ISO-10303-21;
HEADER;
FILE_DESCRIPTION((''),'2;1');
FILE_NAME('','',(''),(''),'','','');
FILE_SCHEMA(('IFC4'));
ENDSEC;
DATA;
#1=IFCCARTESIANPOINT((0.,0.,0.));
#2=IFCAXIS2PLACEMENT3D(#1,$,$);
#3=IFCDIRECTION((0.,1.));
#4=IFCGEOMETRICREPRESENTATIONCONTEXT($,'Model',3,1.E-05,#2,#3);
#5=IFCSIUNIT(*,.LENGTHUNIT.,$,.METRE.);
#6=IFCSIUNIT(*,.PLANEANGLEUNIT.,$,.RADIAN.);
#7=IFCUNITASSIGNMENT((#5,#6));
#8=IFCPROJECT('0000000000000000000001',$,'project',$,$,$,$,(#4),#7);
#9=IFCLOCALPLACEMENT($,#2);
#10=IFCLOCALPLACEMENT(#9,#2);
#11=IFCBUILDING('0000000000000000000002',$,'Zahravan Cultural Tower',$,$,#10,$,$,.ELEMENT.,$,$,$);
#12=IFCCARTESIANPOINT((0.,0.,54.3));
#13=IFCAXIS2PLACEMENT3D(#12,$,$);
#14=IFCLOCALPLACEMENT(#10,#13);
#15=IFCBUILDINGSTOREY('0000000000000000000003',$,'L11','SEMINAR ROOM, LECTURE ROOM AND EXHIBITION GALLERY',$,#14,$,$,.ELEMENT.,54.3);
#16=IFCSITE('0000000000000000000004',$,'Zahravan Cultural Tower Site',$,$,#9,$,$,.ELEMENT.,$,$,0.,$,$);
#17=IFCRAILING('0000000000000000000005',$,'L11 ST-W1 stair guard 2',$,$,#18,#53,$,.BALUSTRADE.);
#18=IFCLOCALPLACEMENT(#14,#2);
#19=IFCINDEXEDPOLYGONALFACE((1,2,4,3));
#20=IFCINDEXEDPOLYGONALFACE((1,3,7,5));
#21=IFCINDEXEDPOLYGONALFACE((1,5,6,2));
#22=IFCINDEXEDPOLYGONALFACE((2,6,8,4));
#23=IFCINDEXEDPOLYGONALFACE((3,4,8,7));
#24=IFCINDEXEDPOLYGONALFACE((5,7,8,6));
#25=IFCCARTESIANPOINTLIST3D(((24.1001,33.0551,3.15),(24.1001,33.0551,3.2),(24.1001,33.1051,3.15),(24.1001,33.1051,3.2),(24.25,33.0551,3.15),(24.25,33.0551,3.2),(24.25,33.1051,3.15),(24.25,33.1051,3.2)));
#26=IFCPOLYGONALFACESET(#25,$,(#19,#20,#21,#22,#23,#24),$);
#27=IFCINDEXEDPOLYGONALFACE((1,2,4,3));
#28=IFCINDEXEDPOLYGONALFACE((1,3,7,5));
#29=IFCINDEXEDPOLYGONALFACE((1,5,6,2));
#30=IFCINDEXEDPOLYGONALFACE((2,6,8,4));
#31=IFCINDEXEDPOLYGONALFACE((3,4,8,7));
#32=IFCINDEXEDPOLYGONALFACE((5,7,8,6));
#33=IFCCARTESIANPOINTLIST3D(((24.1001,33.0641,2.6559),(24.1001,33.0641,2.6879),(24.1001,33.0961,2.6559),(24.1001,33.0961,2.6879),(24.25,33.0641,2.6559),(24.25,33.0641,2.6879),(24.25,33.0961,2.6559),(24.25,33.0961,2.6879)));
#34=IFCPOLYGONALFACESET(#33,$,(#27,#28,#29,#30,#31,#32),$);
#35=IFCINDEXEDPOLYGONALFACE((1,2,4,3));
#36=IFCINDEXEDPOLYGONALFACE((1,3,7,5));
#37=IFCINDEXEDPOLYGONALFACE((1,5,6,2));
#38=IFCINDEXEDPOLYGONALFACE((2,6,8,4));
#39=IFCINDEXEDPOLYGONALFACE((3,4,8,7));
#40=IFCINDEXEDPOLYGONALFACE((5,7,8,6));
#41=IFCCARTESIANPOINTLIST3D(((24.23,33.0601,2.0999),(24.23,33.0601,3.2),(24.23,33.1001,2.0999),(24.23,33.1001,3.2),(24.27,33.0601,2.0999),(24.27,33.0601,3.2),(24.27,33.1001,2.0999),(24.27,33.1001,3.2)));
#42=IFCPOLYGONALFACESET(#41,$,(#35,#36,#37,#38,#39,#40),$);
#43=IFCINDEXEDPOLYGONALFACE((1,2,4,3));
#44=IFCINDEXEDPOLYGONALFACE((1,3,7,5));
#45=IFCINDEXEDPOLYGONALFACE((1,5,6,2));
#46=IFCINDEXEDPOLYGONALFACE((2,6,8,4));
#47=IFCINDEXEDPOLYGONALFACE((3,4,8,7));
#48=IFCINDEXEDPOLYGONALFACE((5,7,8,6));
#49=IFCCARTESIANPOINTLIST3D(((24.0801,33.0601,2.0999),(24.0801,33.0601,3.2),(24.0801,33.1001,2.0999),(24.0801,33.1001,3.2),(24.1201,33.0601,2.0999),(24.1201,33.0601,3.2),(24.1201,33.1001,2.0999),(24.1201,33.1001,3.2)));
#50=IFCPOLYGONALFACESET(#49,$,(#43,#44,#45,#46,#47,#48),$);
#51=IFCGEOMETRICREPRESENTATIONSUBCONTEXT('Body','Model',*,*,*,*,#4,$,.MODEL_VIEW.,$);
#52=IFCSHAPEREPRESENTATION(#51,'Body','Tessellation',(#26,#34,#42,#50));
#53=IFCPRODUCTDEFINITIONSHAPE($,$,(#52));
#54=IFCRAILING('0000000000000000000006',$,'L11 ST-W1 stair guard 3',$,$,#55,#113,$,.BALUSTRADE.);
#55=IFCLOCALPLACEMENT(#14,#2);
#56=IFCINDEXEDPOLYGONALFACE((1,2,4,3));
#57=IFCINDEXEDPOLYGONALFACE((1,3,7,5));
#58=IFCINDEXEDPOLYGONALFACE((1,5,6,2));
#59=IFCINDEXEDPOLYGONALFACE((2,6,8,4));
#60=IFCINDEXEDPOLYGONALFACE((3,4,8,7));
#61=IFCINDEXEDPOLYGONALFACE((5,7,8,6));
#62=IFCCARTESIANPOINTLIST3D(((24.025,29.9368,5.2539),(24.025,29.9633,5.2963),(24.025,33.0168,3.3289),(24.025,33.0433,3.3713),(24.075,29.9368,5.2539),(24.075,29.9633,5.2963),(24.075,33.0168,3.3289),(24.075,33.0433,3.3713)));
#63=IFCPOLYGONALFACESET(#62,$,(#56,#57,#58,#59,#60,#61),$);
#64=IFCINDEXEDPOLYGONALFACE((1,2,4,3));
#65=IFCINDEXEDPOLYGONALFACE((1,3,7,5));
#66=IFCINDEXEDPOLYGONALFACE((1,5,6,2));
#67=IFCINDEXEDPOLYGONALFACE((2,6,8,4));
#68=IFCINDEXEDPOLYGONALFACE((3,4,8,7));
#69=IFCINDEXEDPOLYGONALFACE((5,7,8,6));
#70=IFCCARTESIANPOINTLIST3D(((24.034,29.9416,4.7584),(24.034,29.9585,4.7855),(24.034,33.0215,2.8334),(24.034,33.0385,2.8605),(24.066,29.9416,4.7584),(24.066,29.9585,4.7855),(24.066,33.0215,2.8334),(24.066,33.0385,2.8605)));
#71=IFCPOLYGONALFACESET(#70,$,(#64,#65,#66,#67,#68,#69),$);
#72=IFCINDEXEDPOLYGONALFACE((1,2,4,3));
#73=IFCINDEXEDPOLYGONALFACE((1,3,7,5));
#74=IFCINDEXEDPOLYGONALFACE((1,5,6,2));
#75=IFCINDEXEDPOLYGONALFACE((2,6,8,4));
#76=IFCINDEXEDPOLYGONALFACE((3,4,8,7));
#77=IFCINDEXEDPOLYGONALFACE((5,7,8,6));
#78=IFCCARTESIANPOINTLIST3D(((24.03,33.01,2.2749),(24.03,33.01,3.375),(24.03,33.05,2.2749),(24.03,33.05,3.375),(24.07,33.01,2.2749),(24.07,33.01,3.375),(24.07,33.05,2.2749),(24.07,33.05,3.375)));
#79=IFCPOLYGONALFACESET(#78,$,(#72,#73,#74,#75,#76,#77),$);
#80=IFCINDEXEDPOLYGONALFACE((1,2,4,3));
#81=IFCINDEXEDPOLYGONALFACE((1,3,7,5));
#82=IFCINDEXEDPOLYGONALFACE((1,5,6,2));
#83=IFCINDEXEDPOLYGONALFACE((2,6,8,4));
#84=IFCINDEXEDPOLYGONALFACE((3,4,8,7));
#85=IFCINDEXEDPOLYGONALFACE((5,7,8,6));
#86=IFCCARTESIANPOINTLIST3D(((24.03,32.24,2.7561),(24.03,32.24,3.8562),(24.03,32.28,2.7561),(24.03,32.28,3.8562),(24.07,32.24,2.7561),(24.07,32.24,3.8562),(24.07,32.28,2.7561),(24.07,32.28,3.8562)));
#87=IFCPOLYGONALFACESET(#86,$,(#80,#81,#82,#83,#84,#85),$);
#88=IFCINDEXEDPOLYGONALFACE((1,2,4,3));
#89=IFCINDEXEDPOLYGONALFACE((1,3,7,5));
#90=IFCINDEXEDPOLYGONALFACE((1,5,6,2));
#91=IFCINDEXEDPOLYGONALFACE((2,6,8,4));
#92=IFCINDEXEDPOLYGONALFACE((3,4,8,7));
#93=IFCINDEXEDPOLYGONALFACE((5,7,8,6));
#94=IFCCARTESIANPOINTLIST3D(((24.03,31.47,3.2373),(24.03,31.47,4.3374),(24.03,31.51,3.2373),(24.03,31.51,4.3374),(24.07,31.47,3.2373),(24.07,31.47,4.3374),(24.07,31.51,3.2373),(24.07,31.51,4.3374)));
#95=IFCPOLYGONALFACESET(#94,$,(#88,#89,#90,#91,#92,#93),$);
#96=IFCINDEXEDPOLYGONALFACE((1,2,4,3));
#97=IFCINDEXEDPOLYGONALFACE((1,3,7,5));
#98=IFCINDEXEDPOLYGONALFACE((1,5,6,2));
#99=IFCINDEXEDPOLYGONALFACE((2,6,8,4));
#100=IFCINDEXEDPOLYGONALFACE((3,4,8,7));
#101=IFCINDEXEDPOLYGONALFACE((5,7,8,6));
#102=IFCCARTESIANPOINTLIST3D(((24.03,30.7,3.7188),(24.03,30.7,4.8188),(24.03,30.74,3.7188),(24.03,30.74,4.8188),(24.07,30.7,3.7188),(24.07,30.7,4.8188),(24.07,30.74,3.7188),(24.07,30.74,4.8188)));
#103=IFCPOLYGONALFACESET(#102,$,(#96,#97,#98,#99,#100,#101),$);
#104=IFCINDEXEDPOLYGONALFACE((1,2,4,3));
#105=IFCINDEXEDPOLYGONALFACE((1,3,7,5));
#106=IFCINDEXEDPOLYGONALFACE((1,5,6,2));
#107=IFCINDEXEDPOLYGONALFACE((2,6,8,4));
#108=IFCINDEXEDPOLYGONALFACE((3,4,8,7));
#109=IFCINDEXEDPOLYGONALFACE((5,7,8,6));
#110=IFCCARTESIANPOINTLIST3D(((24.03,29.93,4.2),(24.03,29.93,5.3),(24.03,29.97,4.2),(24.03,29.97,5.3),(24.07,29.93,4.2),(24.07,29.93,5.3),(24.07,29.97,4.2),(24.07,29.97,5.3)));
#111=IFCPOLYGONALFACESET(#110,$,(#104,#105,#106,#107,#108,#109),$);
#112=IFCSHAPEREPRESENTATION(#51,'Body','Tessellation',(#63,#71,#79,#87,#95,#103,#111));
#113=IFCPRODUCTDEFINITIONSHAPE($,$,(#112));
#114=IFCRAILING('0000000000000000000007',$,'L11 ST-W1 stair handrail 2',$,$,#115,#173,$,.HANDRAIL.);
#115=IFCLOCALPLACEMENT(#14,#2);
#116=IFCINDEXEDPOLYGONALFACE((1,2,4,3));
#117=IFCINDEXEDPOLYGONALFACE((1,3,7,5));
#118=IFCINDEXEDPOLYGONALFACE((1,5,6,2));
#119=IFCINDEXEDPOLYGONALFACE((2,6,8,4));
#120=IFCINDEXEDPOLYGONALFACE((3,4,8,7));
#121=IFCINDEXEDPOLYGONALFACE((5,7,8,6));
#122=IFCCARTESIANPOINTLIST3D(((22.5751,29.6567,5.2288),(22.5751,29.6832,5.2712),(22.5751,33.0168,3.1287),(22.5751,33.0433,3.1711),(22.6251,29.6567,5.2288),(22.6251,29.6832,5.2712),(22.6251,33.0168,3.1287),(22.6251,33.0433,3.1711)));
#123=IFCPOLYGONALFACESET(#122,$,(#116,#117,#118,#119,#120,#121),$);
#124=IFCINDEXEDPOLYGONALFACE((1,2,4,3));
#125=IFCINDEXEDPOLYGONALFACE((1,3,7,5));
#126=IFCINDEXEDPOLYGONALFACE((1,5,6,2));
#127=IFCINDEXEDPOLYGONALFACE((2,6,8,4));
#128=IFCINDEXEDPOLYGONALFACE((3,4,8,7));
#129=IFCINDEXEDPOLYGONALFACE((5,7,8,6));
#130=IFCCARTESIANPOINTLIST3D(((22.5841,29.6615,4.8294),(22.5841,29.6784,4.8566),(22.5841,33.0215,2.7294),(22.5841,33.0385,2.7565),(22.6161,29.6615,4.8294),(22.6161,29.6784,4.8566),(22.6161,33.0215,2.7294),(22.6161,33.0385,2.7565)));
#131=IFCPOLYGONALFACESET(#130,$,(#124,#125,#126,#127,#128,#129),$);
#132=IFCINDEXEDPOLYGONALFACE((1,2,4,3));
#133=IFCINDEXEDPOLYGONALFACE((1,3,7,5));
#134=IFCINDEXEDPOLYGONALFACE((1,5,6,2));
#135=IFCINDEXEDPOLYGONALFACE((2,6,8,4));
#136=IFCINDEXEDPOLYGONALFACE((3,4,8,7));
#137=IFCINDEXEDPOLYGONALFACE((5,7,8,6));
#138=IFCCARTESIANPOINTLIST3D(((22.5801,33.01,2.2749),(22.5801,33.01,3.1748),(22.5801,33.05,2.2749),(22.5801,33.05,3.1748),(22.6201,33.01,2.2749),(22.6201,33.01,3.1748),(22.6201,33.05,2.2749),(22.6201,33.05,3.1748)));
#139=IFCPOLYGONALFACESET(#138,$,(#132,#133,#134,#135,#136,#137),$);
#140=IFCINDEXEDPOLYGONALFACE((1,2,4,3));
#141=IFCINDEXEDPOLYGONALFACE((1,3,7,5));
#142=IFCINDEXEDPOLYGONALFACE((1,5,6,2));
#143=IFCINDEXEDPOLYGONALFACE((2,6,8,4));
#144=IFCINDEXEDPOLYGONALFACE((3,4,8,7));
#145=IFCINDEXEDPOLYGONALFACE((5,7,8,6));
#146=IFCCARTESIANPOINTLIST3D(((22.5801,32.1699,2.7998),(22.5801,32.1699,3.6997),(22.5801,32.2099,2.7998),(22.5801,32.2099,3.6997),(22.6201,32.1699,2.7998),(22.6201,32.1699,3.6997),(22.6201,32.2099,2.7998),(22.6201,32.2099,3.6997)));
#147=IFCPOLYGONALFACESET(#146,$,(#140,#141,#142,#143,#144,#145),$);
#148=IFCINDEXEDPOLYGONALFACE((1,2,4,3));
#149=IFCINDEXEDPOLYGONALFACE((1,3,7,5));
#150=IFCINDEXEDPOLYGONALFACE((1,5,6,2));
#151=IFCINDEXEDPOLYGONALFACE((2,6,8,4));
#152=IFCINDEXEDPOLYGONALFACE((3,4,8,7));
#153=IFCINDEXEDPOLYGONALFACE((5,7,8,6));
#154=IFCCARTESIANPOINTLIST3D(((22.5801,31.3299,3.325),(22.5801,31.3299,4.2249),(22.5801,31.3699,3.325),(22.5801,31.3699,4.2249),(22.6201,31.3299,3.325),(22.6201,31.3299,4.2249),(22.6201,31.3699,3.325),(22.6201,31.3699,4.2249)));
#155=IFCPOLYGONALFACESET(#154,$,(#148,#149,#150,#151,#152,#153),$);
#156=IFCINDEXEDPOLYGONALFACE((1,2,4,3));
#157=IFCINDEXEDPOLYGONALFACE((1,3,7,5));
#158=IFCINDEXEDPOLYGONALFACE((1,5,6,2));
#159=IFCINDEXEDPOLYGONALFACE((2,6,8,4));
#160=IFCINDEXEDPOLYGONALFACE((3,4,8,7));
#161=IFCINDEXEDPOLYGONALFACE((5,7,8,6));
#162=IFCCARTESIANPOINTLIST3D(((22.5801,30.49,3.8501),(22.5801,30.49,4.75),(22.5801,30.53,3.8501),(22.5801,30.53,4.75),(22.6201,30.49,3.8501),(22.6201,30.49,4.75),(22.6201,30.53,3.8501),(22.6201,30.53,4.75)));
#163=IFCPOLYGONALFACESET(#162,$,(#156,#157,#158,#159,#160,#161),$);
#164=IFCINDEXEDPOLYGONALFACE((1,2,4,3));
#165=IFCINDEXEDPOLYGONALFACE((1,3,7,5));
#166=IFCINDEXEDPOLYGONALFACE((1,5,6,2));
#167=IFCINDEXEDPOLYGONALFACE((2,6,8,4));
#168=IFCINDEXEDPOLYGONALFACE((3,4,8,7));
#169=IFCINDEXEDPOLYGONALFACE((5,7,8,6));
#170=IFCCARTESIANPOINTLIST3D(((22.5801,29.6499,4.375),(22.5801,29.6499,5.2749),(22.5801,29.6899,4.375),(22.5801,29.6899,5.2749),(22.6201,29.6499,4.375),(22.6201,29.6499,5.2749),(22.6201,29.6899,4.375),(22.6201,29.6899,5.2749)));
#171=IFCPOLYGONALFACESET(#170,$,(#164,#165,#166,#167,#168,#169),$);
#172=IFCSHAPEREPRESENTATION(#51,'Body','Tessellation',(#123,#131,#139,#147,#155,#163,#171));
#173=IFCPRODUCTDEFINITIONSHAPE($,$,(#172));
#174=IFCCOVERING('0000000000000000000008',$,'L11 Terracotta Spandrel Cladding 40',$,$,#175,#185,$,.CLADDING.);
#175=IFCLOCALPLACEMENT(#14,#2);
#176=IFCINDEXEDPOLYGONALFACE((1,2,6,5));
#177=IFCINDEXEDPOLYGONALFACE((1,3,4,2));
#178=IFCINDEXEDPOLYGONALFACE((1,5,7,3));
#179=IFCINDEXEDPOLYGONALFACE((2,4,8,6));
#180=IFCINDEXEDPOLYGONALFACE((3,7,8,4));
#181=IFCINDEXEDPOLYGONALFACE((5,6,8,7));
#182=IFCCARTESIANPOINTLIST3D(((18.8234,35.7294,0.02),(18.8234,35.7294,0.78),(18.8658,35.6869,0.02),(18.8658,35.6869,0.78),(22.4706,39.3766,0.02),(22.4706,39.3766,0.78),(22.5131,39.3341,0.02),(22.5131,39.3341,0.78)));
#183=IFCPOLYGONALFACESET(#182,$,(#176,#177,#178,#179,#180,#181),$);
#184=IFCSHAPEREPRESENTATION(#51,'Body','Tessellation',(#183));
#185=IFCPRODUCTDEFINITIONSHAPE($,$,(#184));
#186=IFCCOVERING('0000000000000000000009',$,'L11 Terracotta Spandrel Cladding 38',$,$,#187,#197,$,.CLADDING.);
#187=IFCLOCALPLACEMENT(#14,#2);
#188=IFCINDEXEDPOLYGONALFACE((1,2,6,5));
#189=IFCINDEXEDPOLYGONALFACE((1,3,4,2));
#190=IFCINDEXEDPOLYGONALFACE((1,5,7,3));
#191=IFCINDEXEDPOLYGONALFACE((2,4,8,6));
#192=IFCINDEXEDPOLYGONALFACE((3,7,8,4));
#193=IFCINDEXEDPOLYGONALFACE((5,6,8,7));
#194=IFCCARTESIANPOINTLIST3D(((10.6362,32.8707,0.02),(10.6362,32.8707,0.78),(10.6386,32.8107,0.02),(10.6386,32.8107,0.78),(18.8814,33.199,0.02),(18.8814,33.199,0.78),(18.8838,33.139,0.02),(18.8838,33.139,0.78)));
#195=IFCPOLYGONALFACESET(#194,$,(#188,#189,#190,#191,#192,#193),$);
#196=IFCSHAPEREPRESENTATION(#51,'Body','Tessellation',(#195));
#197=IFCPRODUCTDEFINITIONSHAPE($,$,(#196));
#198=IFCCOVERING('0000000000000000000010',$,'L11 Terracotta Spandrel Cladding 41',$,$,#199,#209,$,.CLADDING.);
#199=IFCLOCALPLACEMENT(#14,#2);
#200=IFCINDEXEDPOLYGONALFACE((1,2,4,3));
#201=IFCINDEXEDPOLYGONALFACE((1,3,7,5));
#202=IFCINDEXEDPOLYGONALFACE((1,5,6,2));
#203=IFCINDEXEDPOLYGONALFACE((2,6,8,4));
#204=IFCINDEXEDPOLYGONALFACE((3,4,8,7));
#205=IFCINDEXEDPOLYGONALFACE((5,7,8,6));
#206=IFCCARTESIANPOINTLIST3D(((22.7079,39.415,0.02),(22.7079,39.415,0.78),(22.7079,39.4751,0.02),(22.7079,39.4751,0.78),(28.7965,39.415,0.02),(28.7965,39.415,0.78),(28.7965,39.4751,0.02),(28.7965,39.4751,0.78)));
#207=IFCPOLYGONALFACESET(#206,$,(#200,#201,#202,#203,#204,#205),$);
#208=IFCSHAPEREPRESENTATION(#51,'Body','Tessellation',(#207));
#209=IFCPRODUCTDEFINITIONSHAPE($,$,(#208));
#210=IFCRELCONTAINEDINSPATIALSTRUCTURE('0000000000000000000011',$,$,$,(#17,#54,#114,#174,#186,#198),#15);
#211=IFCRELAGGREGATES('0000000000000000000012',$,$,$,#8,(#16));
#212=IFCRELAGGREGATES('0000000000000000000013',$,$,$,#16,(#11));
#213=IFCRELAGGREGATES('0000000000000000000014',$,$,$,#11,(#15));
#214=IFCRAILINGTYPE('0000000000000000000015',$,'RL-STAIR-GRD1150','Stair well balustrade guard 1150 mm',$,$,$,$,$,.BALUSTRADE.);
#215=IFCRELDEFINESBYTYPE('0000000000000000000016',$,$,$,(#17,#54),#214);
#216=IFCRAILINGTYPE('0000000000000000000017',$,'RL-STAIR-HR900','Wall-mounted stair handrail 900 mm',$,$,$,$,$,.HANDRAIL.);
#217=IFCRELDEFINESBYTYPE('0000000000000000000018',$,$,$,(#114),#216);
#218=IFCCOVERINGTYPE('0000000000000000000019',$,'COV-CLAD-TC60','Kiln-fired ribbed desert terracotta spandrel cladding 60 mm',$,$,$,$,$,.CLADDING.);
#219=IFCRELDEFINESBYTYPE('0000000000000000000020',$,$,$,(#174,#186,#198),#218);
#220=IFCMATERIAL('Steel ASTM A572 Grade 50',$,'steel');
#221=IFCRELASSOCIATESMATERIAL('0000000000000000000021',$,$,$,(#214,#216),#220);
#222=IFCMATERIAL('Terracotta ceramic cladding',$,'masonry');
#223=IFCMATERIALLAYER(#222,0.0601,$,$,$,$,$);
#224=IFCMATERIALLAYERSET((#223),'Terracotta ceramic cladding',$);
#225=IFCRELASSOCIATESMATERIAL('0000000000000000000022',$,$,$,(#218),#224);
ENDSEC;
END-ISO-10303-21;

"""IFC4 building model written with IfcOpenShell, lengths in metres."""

from ifc_helpers import new_model, si_unit, direction, frame, origin, origin_2d, place, context, subcontext, project, spatial, rectangle, extrude, source, transform, mapped, material, layer, layer_set, type_object, element, save


model = new_model("IFC4")

# Units and contexts
model_context = context("Model", 3, precision=1e-05, world=origin(), true_north=direction((0.0, 1.0)))
body_context = subcontext(model_context, "Body", "Model", "MODEL_VIEW")
ifc_project = project(units=[si_unit("LENGTHUNIT", "METRE"), si_unit("PLANEANGLEUNIT", "RADIAN")], contexts=[model_context])

# Site, building, storey
site_placement = place(None, origin())
site = spatial("IfcSite", under=ifc_project, at=site_placement, Name="Zahravan Cultural Tower Site", CompositionType="ELEMENT", RefElevation=0.0)
building_placement = place(site_placement, origin())
building = spatial("IfcBuilding", under=site, at=building_placement, Name="Zahravan Cultural Tower", CompositionType="ELEMENT")
storey_placement = place(building_placement, frame((0.0, 0.0, 54.3)))
storey = spatial("IfcBuildingStorey", under=building, at=storey_placement, Name="L11", Description="SEMINAR ROOM, LECTURE ROOM AND EXHIBITION GALLERY", CompositionType="ELEMENT", Elevation=54.3)

# Shared definitions
ifc_material_1 = material(Name="Steel ASTM A572 Grade 50", Category="steel")

# Railings
railing_type_1 = type_object("IfcRailingType", Name="RL-STAIR-GRD1150", Description="Stair well balustrade guard 1150 mm", PredefinedType="BALUSTRADE", material=ifc_material_1)
railing_1_placement = place(storey_placement, frame((24.25, 33.0801, 2.0999)))
element("IfcRailing", 1, at=railing_1_placement, inside=storey, type_object=railing_type_1, Name="L11 ST-W1 stair guard 2", PredefinedType="BALUSTRADE", context=body_context, shape_type="SweptSolid", body=[
    extrude(rectangle(XDim=0.05, YDim=0.05, at=origin_2d()), frame((0.0, 0.0, 1.0752), z_axis=(-1.0, 0.0, 0.0), x_axis=(0.0, -1.0, 0.0)), (0.0, 0.0, 1.0), 0.1499),
    extrude(rectangle(XDim=0.032, YDim=0.032, at=origin_2d()), frame((0.0, 0.0, 0.572), z_axis=(-1.0, 0.0, 0.0), x_axis=(0.0, -1.0, 0.0)), (0.0, 0.0, 1.0), 0.1499),
    extrude(rectangle(XDim=0.04, YDim=0.04, at=origin_2d()), origin(), (0.0, 0.0, 1.0), 1.1001),
    extrude(rectangle(XDim=0.04, YDim=0.04, at=origin_2d()), frame((-0.1499, 0.0, 0.0)), (0.0, 0.0, 1.0), 1.1001),
])
railing_2_placement = place(storey_placement, frame((24.05, 33.03, 2.2749)))
element("IfcRailing", 2, at=railing_2_placement, inside=storey, type_object=railing_type_1, Name="L11 ST-W1 stair guard 3", PredefinedType="BALUSTRADE", context=body_context, shape_type="SweptSolid", body=[
    extrude(rectangle(XDim=0.05, YDim=0.05, at=origin_2d()), frame((0.0, 0.0, 1.0752), z_axis=(0.0, -0.847998, 0.529999), x_axis=(1.0, 0.0, 0.0)), (0.0, 0.0, 1.0), 3.6321),
    extrude(rectangle(XDim=0.032, YDim=0.032, at=origin_2d()), frame((0.0, 0.0, 0.572), z_axis=(0.0, -0.847998, 0.529999), x_axis=(1.0, 0.0, 0.0)), (0.0, 0.0, 1.0), 3.6321),
    extrude(rectangle(XDim=0.04, YDim=0.04, at=origin_2d()), origin(), (0.0, 0.0, 1.0), 1.1001),
    extrude(rectangle(XDim=0.04, YDim=0.04, at=origin_2d()), frame((0.0, -0.77, 0.4812)), (0.0, 0.0, 1.0), 1.1001),
    extrude(rectangle(XDim=0.04, YDim=0.04, at=origin_2d()), frame((0.0, -1.54, 0.9624)), (0.0, 0.0, 1.0), 1.1001),
    extrude(rectangle(XDim=0.04, YDim=0.04, at=origin_2d()), frame((0.0, -2.3101, 1.4438)), (0.0, 0.0, 1.0), 1.1001),
    extrude(rectangle(XDim=0.04, YDim=0.04, at=origin_2d()), frame((0.0, -3.0801, 1.925)), (0.0, 0.0, 1.0), 1.1001),
])
railing_type_2 = type_object("IfcRailingType", Name="RL-STAIR-HR900", Description="Wall-mounted stair handrail 900 mm", PredefinedType="HANDRAIL", material=ifc_material_1)
railing_3_placement = place(storey_placement, frame((22.6001, 33.03, 2.2749)))
element("IfcRailing", 3, at=railing_3_placement, inside=storey, type_object=railing_type_2, Name="L11 ST-W1 stair handrail 2", PredefinedType="HANDRAIL", context=body_context, shape_type="SweptSolid", body=[
    extrude(rectangle(XDim=0.05, YDim=0.05, at=origin_2d()), frame((0.0, 0.0, 0.875), z_axis=(0.0, -0.847995, 0.530004), x_axis=(1.0, 0.0, 0.0)), (0.0, 0.0, 1.0), 3.9624),
    extrude(rectangle(XDim=0.032, YDim=0.032, at=origin_2d()), frame((0.0, 0.0, 0.468), z_axis=(0.0, -0.847995, 0.530004), x_axis=(1.0, 0.0, 0.0)), (0.0, 0.0, 1.0), 3.9624),
    extrude(rectangle(XDim=0.04, YDim=0.04, at=origin_2d()), origin(), (0.0, 0.0, 1.0), 0.8999),
    extrude(rectangle(XDim=0.04, YDim=0.04, at=origin_2d()), frame((0.0, -0.8401, 0.5249)), (0.0, 0.0, 1.0), 0.8999),
    extrude(rectangle(XDim=0.04, YDim=0.04, at=origin_2d()), frame((0.0, -1.6802, 1.05)), (0.0, 0.0, 1.0), 0.8999),
    extrude(rectangle(XDim=0.04, YDim=0.04, at=origin_2d()), frame((0.0, -2.52, 1.5752)), (0.0, 0.0, 1.0), 0.8999),
    extrude(rectangle(XDim=0.04, YDim=0.04, at=origin_2d()), frame((0.0, -3.3601, 2.1001)), (0.0, 0.0, 1.0), 0.8999),
])

# Coverings
ifc_material_2 = material(Name="Terracotta ceramic cladding", Category="masonry")
ifc_layer_1 = layer(ifc_material_2, 0.0601)
ifc_layer_set_1 = layer_set([ifc_layer_1], Name="Terracotta ceramic cladding")
covering_type = type_object("IfcCoveringType", Name="COV-CLAD-TC60", Description="Kiln-fired ribbed desert terracotta spandrel cladding 60 mm", PredefinedType="CLADDING", material=ifc_layer_set_1)
shared_shape_1 = source(origin(), body_context, "Body", "SweptSolid", [
    extrude(rectangle(XDim=5.158, YDim=0.0601, at=origin_2d()), origin(), (0.0, 0.0, 1.0), 0.76),
])
covering_1_placement = place(storey_placement, frame((20.6682, 37.5317, 0.02), z_axis=(0.0, 0.0, 1.0), x_axis=(0.707107, 0.707107, 0.0)))
element("IfcCovering", 4, at=covering_1_placement, inside=storey, type_object=covering_type, Name="L11 Terracotta Spandrel Cladding 40", PredefinedType="CLADDING", context=body_context, shape_type="MappedRepresentation", body=[
    mapped(shared_shape_1, transform((0.0, 0.0, 0.0), x_axis=(1.0, 0.0, 0.0), y_axis=(0.0, 1.0, 0.0), z_axis=(0.0, 0.0, 1.0), scale=1.0)),
])
shared_shape_2 = source(origin(), body_context, "Body", "SweptSolid", [
    extrude(rectangle(XDim=8.2517, YDim=0.0601, at=origin_2d()), origin(), (0.0, 0.0, 1.0), 0.76),
])
covering_2_placement = place(storey_placement, frame((14.76, 33.0049, 0.02), z_axis=(0.0, 0.0, 1.0), x_axis=(0.999208, 0.039783, 0.0)))
element("IfcCovering", 5, at=covering_2_placement, inside=storey, type_object=covering_type, Name="L11 Terracotta Spandrel Cladding 38", PredefinedType="CLADDING", context=body_context, shape_type="MappedRepresentation", body=[
    mapped(shared_shape_2, transform((0.0, 0.0, 0.0), x_axis=(1.0, 0.0, 0.0), y_axis=(0.0, 1.0, 0.0), z_axis=(0.0, 0.0, 1.0), scale=1.0)),
])
shared_shape_3 = source(origin(), body_context, "Body", "SweptSolid", [
    extrude(rectangle(XDim=6.0886, YDim=0.0601, at=origin_2d()), origin(), (0.0, 0.0, 1.0), 0.76),
])
covering_3_placement = place(storey_placement, frame((25.7522, 39.4451, 0.02), z_axis=(0.0, 0.0, 1.0), x_axis=(1.0, 0.0, 0.0)))
element("IfcCovering", 6, at=covering_3_placement, inside=storey, type_object=covering_type, Name="L11 Terracotta Spandrel Cladding 41", PredefinedType="CLADDING", context=body_context, shape_type="MappedRepresentation", body=[
    mapped(shared_shape_3, transform((0.0, 0.0, 0.0), x_axis=(1.0, 0.0, 0.0), y_axis=(0.0, 1.0, 0.0), z_axis=(0.0, 0.0, 1.0), scale=1.0)),
])

save(model, "model.ifc")
